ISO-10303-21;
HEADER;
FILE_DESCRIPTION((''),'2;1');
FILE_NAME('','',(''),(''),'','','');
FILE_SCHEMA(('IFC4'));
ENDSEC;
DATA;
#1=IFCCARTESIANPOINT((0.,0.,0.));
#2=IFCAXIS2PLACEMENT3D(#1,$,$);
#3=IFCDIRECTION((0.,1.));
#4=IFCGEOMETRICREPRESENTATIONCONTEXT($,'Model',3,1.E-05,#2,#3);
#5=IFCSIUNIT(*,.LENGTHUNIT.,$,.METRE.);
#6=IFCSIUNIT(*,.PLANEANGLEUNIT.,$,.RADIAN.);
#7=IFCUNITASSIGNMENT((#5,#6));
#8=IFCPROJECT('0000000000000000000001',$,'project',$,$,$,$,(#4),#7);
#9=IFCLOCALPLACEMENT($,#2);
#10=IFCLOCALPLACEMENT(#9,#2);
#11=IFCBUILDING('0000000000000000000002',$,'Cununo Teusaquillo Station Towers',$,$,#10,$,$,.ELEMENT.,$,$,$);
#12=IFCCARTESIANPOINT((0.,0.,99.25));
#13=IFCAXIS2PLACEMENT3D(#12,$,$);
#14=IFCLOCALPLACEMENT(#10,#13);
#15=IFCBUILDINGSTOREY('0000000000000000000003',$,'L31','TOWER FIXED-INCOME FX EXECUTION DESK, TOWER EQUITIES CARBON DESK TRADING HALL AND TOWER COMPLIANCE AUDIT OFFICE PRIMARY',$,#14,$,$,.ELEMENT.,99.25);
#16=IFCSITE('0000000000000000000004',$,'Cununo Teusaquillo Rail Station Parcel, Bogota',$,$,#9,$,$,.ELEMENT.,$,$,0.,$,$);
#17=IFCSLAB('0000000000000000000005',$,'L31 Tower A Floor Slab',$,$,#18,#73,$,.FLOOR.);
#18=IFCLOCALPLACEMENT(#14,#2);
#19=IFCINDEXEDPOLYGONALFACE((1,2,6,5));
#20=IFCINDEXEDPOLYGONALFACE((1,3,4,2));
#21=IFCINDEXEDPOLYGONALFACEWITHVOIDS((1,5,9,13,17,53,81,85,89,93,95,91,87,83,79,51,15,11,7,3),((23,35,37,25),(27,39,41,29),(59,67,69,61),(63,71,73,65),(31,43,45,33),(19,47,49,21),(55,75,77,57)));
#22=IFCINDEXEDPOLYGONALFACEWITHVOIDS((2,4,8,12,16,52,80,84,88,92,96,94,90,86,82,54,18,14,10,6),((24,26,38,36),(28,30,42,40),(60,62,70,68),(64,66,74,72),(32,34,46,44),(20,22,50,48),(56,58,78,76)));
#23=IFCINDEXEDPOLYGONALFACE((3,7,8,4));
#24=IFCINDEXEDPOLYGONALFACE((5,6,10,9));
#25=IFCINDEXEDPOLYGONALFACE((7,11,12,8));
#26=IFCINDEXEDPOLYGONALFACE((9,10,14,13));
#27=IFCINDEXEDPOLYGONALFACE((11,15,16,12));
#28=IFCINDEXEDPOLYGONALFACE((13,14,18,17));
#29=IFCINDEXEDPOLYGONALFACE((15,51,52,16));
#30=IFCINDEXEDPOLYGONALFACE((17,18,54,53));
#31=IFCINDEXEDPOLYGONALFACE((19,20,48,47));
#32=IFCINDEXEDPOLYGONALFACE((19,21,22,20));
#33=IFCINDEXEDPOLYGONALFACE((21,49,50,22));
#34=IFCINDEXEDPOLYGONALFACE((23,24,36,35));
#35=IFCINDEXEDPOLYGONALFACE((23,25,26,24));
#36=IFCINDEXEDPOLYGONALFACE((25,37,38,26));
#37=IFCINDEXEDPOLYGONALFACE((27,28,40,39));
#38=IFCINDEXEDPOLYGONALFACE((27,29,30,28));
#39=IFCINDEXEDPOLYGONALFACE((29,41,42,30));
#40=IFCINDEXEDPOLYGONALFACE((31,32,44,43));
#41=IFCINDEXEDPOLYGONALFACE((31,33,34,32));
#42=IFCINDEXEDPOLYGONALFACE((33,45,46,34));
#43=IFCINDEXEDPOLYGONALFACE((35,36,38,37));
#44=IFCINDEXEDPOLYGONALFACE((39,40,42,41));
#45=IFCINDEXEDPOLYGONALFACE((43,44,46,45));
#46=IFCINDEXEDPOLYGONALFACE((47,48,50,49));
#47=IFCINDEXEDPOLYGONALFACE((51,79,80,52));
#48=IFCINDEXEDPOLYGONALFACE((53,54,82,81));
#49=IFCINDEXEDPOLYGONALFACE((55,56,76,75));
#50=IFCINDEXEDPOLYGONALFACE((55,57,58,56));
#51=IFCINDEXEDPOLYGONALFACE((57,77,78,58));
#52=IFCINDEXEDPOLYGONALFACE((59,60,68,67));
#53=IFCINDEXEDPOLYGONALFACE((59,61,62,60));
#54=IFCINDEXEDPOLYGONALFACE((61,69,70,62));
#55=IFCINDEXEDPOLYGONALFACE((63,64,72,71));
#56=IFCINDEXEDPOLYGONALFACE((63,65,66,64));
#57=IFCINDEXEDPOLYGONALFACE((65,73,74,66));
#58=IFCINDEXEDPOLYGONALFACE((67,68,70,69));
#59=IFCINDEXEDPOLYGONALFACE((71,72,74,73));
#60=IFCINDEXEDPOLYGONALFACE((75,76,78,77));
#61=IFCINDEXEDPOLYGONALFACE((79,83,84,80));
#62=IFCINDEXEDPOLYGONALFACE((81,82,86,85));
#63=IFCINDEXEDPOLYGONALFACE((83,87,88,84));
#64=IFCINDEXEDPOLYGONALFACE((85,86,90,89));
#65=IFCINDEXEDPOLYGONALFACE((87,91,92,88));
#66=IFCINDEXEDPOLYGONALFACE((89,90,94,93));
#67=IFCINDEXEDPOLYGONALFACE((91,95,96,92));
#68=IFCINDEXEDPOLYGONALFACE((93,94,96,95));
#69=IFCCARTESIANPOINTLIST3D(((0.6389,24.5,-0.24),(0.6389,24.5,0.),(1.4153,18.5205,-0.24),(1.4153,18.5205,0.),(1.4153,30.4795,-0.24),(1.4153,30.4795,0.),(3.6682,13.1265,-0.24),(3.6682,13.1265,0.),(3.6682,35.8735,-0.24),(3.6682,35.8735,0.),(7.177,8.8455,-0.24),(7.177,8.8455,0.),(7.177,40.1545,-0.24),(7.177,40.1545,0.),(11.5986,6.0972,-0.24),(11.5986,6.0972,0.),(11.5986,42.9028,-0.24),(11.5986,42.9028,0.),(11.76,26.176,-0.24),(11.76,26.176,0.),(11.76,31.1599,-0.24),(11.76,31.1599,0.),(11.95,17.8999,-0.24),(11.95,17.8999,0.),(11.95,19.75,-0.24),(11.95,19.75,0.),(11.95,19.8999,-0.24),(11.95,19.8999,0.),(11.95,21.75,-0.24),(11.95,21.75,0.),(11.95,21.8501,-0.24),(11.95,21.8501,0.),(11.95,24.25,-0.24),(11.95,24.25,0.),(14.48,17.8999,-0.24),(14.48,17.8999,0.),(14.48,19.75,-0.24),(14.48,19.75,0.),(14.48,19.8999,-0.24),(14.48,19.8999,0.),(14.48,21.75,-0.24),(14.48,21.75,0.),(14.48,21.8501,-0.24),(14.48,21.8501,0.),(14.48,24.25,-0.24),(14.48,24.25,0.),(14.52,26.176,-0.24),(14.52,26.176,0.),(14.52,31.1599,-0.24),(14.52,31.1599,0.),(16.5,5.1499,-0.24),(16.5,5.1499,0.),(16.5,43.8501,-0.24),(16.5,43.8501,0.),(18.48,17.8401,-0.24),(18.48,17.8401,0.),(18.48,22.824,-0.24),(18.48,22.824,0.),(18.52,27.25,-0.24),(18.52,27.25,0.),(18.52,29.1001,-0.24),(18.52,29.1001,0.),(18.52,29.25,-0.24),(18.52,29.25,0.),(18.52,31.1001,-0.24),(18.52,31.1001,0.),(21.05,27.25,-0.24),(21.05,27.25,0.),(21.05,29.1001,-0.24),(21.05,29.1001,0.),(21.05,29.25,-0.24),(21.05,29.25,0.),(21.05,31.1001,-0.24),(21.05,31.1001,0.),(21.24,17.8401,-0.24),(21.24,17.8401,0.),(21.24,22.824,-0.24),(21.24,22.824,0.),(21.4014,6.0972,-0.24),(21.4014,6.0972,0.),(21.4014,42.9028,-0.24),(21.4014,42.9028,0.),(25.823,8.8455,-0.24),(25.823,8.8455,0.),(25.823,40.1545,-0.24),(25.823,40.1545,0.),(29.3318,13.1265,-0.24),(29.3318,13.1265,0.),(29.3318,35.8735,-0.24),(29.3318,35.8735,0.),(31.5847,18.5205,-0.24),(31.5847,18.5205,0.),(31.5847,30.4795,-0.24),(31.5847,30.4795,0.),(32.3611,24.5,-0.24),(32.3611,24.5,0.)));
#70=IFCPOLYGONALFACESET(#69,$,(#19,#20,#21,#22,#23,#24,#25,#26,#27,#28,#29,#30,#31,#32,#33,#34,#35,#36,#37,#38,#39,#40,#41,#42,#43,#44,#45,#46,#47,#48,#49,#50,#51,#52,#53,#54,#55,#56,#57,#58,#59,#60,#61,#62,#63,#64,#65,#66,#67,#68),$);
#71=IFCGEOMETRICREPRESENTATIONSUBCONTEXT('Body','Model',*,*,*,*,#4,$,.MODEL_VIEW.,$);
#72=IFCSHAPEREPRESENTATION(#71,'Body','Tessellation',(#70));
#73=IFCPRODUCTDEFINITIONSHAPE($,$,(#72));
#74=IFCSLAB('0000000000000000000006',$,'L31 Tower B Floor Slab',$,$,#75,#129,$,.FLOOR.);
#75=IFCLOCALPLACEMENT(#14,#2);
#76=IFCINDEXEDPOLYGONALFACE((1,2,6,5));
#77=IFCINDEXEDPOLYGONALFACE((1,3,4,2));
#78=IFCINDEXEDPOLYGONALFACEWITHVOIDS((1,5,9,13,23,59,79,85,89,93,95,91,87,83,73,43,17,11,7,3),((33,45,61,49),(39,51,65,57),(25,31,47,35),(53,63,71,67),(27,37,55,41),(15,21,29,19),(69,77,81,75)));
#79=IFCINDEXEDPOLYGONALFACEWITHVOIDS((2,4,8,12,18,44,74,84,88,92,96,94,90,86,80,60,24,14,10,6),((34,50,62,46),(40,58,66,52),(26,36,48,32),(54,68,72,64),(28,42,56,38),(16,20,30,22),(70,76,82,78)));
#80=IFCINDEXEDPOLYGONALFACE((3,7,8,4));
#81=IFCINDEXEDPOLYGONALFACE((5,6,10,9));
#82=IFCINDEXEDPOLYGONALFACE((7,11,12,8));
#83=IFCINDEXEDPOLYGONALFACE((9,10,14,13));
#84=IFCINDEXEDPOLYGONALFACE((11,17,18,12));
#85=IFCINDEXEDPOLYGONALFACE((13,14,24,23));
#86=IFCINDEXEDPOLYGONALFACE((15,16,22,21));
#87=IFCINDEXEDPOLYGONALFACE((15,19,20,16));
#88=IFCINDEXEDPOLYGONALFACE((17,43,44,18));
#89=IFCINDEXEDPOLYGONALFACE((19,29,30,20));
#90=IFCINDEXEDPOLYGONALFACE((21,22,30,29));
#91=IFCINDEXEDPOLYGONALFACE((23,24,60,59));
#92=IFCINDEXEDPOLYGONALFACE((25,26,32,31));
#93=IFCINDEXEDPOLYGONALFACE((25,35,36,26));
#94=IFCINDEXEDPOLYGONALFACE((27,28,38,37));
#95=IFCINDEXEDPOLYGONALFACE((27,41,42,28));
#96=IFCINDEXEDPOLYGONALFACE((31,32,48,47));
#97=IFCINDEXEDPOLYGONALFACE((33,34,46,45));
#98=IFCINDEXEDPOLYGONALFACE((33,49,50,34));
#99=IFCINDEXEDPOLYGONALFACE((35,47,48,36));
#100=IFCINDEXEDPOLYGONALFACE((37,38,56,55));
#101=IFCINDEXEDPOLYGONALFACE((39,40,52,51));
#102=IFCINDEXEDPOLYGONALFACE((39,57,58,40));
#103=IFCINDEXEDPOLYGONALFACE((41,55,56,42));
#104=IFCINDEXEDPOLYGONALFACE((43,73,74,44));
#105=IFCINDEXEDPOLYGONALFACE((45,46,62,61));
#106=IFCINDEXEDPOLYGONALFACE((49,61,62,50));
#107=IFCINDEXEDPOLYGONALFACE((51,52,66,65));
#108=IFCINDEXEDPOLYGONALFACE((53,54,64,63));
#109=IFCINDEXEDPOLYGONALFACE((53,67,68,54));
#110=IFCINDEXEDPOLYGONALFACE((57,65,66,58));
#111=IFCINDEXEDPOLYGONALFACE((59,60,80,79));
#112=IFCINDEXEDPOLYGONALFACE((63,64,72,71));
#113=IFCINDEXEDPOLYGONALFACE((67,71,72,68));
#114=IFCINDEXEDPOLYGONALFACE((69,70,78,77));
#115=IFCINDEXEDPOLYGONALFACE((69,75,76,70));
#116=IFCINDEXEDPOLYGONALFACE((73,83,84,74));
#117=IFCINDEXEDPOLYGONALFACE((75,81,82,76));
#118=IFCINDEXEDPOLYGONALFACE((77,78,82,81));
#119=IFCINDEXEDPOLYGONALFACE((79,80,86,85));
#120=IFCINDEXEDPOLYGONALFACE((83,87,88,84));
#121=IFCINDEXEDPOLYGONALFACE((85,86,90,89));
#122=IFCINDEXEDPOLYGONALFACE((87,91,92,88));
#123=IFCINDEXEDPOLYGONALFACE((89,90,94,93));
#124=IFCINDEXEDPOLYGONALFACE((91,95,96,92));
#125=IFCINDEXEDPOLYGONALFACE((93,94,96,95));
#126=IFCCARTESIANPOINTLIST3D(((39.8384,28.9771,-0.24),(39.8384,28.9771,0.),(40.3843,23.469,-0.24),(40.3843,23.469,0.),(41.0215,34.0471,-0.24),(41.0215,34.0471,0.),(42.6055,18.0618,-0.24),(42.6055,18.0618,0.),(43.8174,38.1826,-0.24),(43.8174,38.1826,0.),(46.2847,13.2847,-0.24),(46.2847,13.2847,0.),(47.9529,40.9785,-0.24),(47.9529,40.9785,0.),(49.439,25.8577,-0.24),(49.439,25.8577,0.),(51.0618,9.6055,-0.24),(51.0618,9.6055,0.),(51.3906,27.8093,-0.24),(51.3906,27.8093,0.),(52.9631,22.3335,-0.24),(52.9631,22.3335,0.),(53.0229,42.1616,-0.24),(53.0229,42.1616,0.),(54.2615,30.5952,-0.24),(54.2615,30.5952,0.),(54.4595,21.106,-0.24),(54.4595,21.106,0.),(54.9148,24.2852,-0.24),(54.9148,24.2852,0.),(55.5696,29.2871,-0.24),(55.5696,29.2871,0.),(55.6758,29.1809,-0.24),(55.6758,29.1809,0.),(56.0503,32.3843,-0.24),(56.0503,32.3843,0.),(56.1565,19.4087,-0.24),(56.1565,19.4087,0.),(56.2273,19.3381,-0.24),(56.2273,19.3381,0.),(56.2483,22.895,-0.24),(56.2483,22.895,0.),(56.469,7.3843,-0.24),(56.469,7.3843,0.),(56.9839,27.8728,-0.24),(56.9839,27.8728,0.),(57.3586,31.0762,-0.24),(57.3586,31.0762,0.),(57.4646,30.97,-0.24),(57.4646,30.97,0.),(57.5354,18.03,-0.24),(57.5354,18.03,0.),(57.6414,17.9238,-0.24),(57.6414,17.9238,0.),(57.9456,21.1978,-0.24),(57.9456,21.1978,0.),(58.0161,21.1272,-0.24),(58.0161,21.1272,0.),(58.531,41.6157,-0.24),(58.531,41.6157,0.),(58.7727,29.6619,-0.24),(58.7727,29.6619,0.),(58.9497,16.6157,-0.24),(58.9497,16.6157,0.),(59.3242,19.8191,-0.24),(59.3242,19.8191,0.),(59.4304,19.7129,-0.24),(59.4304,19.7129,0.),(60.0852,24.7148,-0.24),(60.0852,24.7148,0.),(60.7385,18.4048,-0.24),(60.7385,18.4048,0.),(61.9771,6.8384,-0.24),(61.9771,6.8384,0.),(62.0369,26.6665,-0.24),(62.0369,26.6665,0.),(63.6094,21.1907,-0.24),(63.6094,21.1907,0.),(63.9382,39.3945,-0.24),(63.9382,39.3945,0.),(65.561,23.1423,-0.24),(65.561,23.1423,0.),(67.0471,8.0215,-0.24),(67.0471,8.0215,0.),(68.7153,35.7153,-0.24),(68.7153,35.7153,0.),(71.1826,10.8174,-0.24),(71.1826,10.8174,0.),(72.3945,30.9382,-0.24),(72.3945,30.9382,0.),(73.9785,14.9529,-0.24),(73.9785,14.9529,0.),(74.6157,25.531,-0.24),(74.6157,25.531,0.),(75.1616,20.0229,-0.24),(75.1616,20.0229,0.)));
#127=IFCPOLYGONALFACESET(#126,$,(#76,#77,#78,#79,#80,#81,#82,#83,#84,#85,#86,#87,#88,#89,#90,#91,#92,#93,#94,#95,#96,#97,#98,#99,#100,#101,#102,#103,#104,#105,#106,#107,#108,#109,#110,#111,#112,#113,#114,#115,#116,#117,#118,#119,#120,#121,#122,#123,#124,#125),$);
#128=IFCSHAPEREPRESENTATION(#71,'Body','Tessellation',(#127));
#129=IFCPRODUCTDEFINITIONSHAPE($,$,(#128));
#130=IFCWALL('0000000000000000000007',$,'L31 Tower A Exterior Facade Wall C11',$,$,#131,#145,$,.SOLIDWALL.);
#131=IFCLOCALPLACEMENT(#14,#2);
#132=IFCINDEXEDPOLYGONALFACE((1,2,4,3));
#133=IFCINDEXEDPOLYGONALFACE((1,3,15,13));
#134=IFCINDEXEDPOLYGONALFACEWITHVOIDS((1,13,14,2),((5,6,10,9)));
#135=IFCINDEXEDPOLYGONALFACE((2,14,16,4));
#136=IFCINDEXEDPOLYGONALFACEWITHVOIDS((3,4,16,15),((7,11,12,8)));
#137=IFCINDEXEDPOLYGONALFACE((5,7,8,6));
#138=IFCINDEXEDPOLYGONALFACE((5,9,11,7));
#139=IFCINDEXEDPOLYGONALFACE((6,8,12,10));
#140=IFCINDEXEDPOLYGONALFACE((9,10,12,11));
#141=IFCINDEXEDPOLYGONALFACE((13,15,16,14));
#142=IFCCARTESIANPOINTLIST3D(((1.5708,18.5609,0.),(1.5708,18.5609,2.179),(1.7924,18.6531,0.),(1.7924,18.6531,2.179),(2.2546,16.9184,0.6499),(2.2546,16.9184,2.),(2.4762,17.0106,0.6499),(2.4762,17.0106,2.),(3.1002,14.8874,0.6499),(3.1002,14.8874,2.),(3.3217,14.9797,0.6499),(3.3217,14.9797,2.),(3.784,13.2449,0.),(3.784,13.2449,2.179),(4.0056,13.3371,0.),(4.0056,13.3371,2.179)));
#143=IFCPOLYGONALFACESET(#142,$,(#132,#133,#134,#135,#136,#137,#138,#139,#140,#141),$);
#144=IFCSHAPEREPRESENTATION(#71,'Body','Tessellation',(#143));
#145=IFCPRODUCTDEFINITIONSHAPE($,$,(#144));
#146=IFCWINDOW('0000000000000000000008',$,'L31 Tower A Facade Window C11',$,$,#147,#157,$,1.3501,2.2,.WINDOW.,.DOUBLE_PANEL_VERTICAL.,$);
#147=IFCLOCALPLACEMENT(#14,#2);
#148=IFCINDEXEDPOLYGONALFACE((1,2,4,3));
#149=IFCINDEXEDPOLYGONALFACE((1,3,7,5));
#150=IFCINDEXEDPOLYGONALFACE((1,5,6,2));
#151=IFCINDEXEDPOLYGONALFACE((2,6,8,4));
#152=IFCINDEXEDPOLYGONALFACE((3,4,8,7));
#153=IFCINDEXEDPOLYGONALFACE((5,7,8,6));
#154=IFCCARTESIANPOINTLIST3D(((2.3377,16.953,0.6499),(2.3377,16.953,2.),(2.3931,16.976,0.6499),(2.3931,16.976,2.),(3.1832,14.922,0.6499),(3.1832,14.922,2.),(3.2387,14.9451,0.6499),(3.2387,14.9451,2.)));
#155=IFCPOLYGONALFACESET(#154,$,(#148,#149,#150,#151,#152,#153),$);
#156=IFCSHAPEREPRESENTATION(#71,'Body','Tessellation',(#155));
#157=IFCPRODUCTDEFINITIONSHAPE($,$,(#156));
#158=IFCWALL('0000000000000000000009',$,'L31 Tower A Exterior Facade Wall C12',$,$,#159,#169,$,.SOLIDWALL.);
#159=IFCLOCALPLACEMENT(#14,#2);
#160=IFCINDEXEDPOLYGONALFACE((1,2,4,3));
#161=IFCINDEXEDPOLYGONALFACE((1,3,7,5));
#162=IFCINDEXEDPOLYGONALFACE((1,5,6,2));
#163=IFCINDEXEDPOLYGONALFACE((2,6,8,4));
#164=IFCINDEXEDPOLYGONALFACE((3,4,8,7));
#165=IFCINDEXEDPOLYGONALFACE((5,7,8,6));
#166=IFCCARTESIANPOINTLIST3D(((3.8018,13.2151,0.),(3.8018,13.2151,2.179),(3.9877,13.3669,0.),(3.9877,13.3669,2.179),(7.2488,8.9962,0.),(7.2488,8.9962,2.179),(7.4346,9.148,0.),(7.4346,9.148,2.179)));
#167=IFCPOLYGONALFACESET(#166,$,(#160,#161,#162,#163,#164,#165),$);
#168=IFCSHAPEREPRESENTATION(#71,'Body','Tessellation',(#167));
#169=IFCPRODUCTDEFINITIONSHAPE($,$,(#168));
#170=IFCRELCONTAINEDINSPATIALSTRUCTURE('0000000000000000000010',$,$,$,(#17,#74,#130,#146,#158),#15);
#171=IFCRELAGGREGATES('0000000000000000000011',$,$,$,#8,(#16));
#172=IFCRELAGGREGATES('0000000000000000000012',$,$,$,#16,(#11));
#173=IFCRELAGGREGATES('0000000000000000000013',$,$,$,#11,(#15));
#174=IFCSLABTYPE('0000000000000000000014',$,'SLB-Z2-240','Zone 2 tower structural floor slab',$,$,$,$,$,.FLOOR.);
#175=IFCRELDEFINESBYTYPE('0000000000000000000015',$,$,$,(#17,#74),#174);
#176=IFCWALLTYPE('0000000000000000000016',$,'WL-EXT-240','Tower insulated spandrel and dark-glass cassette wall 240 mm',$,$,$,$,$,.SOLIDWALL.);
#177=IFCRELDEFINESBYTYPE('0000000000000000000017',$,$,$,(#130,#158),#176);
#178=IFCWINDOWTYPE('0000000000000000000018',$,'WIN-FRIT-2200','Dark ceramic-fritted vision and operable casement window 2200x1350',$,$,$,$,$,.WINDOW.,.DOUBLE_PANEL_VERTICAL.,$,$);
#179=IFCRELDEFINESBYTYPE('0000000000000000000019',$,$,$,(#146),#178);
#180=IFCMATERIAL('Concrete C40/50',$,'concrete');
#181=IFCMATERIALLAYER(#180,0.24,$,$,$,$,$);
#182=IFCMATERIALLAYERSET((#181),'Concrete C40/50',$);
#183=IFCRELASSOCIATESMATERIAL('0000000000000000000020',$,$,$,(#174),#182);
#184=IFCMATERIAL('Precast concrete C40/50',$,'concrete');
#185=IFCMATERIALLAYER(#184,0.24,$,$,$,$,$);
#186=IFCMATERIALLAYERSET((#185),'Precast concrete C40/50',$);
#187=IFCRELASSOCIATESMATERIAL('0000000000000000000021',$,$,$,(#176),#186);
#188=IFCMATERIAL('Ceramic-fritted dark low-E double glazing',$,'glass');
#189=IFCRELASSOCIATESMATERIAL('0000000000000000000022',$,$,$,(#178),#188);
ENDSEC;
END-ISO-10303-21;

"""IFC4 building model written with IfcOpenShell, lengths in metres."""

from ifc_helpers import new_model, si_unit, direction, frame, frame_2d, origin, place, context, subcontext, project, spatial, polyline, rectangle, outline, extrude, source, transform, mapped, material, layer, layer_set, type_object, element, fill, save


model = new_model("IFC4")

# Units and contexts
model_context = context("Model", 3, precision=1e-05, world=origin(), true_north=direction((0.0, 1.0)))
body_context = subcontext(model_context, "Body", "Model", "MODEL_VIEW")
ifc_project = project(units=[si_unit("LENGTHUNIT", "METRE"), si_unit("PLANEANGLEUNIT", "RADIAN")], contexts=[model_context])

# Site, building, storey
site_placement = place(None, origin())
site = spatial("IfcSite", under=ifc_project, at=site_placement, Name="Cununo Teusaquillo Rail Station Parcel, Bogota", CompositionType="ELEMENT", RefElevation=0.0)
building_placement = place(site_placement, origin())
building = spatial("IfcBuilding", under=site, at=building_placement, Name="Cununo Teusaquillo Station Towers", CompositionType="ELEMENT")
storey_placement = place(building_placement, frame((0.0, 0.0, 99.25)))
storey = spatial("IfcBuildingStorey", under=building, at=storey_placement, Name="L31", Description="TOWER FIXED-INCOME FX EXECUTION DESK, TOWER EQUITIES CARBON DESK TRADING HALL AND TOWER COMPLIANCE AUDIT OFFICE PRIMARY", CompositionType="ELEMENT", Elevation=99.25)

# Slabs
ifc_material_1 = material(Name="Concrete C40/50", Category="concrete")
ifc_layer_1 = layer(ifc_material_1, 0.24)
ifc_layer_set_1 = layer_set([ifc_layer_1], Name="Concrete C40/50")
slab_type_1 = type_object("IfcSlabType", Name="SLB-Z2-240", Description="Zone 2 tower structural floor slab", PredefinedType="FLOOR", material=ifc_layer_set_1)
slab_1_placement = place(storey_placement, frame((0.0, 0.0, -0.24)))
element("IfcSlab", 1, at=slab_1_placement, inside=storey, type_object=slab_type_1, Name="L31 Tower A Floor Slab", PredefinedType="FLOOR", context=body_context, shape_type="SweptSolid", body=[
    extrude(outline(polyline([(32.3611, 24.5), (31.5847, 30.4795), (29.3318, 35.8735), (25.823, 40.1545), (21.4014, 42.9028), (16.5, 43.8501), (11.5986, 42.9028), (7.177, 40.1545), (3.6682, 35.8735), (1.4153, 30.4795), (0.6389, 24.5), (1.4153, 18.5205), (3.6682, 13.1265), (7.177, 8.8455), (11.5986, 6.0972), (16.5, 5.1499), (21.4014, 6.0972), (25.823, 8.8455), (29.3318, 13.1265), (31.5847, 18.5205), (32.3611, 24.5)]), holes=[polyline([(14.52, 26.176), (14.52, 31.1599), (11.76, 31.1599), (11.76, 26.176), (14.52, 26.176)]), polyline([(18.48, 22.824), (18.48, 17.8401), (21.24, 17.8401), (21.24, 22.824), (18.48, 22.824)]), polyline([(11.95, 21.8501), (14.48, 21.8501), (14.48, 24.25), (11.95, 24.25), (11.95, 21.8501)]), polyline([(11.95, 17.8999), (14.48, 17.8999), (14.48, 19.75), (11.95, 19.75), (11.95, 17.8999)]), polyline([(11.95, 19.8999), (14.48, 19.8999), (14.48, 21.75), (11.95, 21.75), (11.95, 19.8999)]), polyline([(18.52, 27.25), (21.05, 27.25), (21.05, 29.1001), (18.52, 29.1001), (18.52, 27.25)]), polyline([(18.52, 29.25), (21.05, 29.25), (21.05, 31.1001), (18.52, 31.1001), (18.52, 29.25)])]), origin(), (0.0, 0.0, 1.0), 0.24),
])
slab_2_placement = place(storey_placement, frame((0.0, 0.0, -0.24)))
element("IfcSlab", 2, at=slab_2_placement, inside=storey, type_object=slab_type_1, Name="L31 Tower B Floor Slab", PredefinedType="FLOOR", context=body_context, shape_type="SweptSolid", body=[
    extrude(outline(polyline([(68.7153, 35.7153), (63.9382, 39.3945), (58.531, 41.6157), (53.0229, 42.1616), (47.9529, 40.9785), (43.8174, 38.1826), (41.0215, 34.0471), (39.8384, 28.9771), (40.3843, 23.469), (42.6055, 18.0618), (46.2847, 13.2847), (51.0618, 9.6055), (56.469, 7.3843), (61.9771, 6.8384), (67.0471, 8.0215), (71.1826, 10.8174), (73.9785, 14.9529), (75.1616, 20.0229), (74.6157, 25.531), (72.3945, 30.9382), (68.7153, 35.7153)]), holes=[polyline([(54.9148, 24.2852), (51.3906, 27.8093), (49.439, 25.8577), (52.9631, 22.3335), (54.9148, 24.2852)]), polyline([(60.0852, 24.7148), (63.6094, 21.1907), (65.561, 23.1423), (62.0369, 26.6665), (60.0852, 24.7148)]), polyline([(56.1565, 19.4087), (57.9456, 21.1978), (56.2483, 22.895), (54.4595, 21.106), (56.1565, 19.4087)]), polyline([(58.9497, 16.6157), (60.7385, 18.4048), (59.4304, 19.7129), (57.6414, 17.9238), (58.9497, 16.6157)]), polyline([(57.5354, 18.03), (59.3242, 19.8191), (58.0161, 21.1272), (56.2273, 19.3381), (57.5354, 18.03)]), polyline([(56.9839, 27.8728), (58.7727, 29.6619), (57.4646, 30.97), (55.6758, 29.1809), (56.9839, 27.8728)]), polyline([(55.5696, 29.2871), (57.3586, 31.0762), (56.0503, 32.3843), (54.2615, 30.5952), (55.5696, 29.2871)])]), origin(), (0.0, 0.0, 1.0), 0.24),
])

# Wall, opening, window
ifc_material_2 = material(Name="Precast concrete C40/50", Category="concrete")
ifc_layer_2 = layer(ifc_material_2, 0.24)
ifc_layer_set_2 = layer_set([ifc_layer_2], Name="Precast concrete C40/50")
wall_type_1 = type_object("IfcWallType", Name="WL-EXT-240", Description="Tower insulated spandrel and dark-glass cassette wall 240 mm", PredefinedType="SOLIDWALL", material=ifc_layer_set_2)
wall_1_placement = place(storey_placement, frame((3.8948, 13.291, 0.0), z_axis=(0.0, 0.0, 1.0), x_axis=(-0.384344, 0.92319, 0.0)))
wall_1 = element("IfcWall", 3, at=wall_1_placement, inside=storey, type_object=wall_type_1, Name="L31 Tower A Exterior Facade Wall C11", PredefinedType="SOLIDWALL", context=body_context, shape_type="SweptSolid", body=[
    extrude(rectangle(XDim=5.7583, YDim=0.24, at=frame_2d((2.8792, 0.0))), origin(), (0.0, 0.0, 1.0), 2.179),
])
shared_shape_1 = source(origin(), body_context, "Body", "SweptSolid", [
    extrude(rectangle(XDim=2.2, YDim=1.3501, at=frame_2d((1.1001, 0.675))), frame((0.0, 0.1299, 0.0), z_axis=(0.0, -1.0, 0.0), x_axis=(1.0, 0.0, 0.0)), (0.0, 0.0, 1.0), 0.26),
])
opening_1_placement = place(wall_1_placement, frame((1.7791, 0.0, 0.6499)))
opening_1 = element("IfcOpeningElement", 4, at=opening_1_placement, cuts=wall_1, PredefinedType="OPENING", context=body_context, shape_type="MappedRepresentation", body=[
    mapped(shared_shape_1, transform((0.0, 0.0, 0.0), x_axis=(1.0, 0.0, 0.0), y_axis=(0.0, 1.0, 0.0), z_axis=(0.0, 0.0, 1.0), scale=1.0)),
])
ifc_material_3 = material(Name="Ceramic-fritted dark low-E double glazing", Category="glass")
window_type_1 = type_object("IfcWindowType", Name="WIN-FRIT-2200", Description="Dark ceramic-fritted vision and operable casement window 2200x1350", PartitioningType="DOUBLE_PANEL_VERTICAL", PredefinedType="WINDOW", material=ifc_material_3)
shared_shape_2 = source(origin(), body_context, "Body", "SweptSolid", [
    extrude(rectangle(XDim=2.2, YDim=1.3501, at=frame_2d((1.1001, 0.675))), frame((0.0, 0.03, 0.0), z_axis=(0.0, -1.0, 0.0), x_axis=(1.0, 0.0, 0.0)), (0.0, 0.0, 1.0), 0.0601),
])
window_1_placement = place(opening_1_placement, origin())
window_1 = element("IfcWindow", 5, at=window_1_placement, inside=storey, type_object=window_type_1, Name="L31 Tower A Facade Window C11", OverallHeight=1.3501, OverallWidth=2.2, PartitioningType="DOUBLE_PANEL_VERTICAL", PredefinedType="WINDOW", context=body_context, shape_type="MappedRepresentation", body=[
    mapped(shared_shape_2, transform((0.0, 0.0, 0.0), x_axis=(1.0, 0.0, 0.0), y_axis=(0.0, 1.0, 0.0), z_axis=(0.0, 0.0, 1.0), scale=1.0)),
])
fill(opening_1, window_1)

# Wall
wall_2_placement = place(storey_placement, frame((7.3418, 9.072, 0.0), z_axis=(0.0, 0.0, 1.0), x_axis=(-0.632701, 0.774396, 0.0)))
element("IfcWall", 6, at=wall_2_placement, inside=storey, type_object=wall_type_1, Name="L31 Tower A Exterior Facade Wall C12", PredefinedType="SOLIDWALL", context=body_context, shape_type="SweptSolid", body=[
    extrude(rectangle(XDim=5.448, YDim=0.24, at=frame_2d((2.7241, 0.0))), origin(), (0.0, 0.0, 1.0), 2.179),
])

save(model, "model.ifc")
